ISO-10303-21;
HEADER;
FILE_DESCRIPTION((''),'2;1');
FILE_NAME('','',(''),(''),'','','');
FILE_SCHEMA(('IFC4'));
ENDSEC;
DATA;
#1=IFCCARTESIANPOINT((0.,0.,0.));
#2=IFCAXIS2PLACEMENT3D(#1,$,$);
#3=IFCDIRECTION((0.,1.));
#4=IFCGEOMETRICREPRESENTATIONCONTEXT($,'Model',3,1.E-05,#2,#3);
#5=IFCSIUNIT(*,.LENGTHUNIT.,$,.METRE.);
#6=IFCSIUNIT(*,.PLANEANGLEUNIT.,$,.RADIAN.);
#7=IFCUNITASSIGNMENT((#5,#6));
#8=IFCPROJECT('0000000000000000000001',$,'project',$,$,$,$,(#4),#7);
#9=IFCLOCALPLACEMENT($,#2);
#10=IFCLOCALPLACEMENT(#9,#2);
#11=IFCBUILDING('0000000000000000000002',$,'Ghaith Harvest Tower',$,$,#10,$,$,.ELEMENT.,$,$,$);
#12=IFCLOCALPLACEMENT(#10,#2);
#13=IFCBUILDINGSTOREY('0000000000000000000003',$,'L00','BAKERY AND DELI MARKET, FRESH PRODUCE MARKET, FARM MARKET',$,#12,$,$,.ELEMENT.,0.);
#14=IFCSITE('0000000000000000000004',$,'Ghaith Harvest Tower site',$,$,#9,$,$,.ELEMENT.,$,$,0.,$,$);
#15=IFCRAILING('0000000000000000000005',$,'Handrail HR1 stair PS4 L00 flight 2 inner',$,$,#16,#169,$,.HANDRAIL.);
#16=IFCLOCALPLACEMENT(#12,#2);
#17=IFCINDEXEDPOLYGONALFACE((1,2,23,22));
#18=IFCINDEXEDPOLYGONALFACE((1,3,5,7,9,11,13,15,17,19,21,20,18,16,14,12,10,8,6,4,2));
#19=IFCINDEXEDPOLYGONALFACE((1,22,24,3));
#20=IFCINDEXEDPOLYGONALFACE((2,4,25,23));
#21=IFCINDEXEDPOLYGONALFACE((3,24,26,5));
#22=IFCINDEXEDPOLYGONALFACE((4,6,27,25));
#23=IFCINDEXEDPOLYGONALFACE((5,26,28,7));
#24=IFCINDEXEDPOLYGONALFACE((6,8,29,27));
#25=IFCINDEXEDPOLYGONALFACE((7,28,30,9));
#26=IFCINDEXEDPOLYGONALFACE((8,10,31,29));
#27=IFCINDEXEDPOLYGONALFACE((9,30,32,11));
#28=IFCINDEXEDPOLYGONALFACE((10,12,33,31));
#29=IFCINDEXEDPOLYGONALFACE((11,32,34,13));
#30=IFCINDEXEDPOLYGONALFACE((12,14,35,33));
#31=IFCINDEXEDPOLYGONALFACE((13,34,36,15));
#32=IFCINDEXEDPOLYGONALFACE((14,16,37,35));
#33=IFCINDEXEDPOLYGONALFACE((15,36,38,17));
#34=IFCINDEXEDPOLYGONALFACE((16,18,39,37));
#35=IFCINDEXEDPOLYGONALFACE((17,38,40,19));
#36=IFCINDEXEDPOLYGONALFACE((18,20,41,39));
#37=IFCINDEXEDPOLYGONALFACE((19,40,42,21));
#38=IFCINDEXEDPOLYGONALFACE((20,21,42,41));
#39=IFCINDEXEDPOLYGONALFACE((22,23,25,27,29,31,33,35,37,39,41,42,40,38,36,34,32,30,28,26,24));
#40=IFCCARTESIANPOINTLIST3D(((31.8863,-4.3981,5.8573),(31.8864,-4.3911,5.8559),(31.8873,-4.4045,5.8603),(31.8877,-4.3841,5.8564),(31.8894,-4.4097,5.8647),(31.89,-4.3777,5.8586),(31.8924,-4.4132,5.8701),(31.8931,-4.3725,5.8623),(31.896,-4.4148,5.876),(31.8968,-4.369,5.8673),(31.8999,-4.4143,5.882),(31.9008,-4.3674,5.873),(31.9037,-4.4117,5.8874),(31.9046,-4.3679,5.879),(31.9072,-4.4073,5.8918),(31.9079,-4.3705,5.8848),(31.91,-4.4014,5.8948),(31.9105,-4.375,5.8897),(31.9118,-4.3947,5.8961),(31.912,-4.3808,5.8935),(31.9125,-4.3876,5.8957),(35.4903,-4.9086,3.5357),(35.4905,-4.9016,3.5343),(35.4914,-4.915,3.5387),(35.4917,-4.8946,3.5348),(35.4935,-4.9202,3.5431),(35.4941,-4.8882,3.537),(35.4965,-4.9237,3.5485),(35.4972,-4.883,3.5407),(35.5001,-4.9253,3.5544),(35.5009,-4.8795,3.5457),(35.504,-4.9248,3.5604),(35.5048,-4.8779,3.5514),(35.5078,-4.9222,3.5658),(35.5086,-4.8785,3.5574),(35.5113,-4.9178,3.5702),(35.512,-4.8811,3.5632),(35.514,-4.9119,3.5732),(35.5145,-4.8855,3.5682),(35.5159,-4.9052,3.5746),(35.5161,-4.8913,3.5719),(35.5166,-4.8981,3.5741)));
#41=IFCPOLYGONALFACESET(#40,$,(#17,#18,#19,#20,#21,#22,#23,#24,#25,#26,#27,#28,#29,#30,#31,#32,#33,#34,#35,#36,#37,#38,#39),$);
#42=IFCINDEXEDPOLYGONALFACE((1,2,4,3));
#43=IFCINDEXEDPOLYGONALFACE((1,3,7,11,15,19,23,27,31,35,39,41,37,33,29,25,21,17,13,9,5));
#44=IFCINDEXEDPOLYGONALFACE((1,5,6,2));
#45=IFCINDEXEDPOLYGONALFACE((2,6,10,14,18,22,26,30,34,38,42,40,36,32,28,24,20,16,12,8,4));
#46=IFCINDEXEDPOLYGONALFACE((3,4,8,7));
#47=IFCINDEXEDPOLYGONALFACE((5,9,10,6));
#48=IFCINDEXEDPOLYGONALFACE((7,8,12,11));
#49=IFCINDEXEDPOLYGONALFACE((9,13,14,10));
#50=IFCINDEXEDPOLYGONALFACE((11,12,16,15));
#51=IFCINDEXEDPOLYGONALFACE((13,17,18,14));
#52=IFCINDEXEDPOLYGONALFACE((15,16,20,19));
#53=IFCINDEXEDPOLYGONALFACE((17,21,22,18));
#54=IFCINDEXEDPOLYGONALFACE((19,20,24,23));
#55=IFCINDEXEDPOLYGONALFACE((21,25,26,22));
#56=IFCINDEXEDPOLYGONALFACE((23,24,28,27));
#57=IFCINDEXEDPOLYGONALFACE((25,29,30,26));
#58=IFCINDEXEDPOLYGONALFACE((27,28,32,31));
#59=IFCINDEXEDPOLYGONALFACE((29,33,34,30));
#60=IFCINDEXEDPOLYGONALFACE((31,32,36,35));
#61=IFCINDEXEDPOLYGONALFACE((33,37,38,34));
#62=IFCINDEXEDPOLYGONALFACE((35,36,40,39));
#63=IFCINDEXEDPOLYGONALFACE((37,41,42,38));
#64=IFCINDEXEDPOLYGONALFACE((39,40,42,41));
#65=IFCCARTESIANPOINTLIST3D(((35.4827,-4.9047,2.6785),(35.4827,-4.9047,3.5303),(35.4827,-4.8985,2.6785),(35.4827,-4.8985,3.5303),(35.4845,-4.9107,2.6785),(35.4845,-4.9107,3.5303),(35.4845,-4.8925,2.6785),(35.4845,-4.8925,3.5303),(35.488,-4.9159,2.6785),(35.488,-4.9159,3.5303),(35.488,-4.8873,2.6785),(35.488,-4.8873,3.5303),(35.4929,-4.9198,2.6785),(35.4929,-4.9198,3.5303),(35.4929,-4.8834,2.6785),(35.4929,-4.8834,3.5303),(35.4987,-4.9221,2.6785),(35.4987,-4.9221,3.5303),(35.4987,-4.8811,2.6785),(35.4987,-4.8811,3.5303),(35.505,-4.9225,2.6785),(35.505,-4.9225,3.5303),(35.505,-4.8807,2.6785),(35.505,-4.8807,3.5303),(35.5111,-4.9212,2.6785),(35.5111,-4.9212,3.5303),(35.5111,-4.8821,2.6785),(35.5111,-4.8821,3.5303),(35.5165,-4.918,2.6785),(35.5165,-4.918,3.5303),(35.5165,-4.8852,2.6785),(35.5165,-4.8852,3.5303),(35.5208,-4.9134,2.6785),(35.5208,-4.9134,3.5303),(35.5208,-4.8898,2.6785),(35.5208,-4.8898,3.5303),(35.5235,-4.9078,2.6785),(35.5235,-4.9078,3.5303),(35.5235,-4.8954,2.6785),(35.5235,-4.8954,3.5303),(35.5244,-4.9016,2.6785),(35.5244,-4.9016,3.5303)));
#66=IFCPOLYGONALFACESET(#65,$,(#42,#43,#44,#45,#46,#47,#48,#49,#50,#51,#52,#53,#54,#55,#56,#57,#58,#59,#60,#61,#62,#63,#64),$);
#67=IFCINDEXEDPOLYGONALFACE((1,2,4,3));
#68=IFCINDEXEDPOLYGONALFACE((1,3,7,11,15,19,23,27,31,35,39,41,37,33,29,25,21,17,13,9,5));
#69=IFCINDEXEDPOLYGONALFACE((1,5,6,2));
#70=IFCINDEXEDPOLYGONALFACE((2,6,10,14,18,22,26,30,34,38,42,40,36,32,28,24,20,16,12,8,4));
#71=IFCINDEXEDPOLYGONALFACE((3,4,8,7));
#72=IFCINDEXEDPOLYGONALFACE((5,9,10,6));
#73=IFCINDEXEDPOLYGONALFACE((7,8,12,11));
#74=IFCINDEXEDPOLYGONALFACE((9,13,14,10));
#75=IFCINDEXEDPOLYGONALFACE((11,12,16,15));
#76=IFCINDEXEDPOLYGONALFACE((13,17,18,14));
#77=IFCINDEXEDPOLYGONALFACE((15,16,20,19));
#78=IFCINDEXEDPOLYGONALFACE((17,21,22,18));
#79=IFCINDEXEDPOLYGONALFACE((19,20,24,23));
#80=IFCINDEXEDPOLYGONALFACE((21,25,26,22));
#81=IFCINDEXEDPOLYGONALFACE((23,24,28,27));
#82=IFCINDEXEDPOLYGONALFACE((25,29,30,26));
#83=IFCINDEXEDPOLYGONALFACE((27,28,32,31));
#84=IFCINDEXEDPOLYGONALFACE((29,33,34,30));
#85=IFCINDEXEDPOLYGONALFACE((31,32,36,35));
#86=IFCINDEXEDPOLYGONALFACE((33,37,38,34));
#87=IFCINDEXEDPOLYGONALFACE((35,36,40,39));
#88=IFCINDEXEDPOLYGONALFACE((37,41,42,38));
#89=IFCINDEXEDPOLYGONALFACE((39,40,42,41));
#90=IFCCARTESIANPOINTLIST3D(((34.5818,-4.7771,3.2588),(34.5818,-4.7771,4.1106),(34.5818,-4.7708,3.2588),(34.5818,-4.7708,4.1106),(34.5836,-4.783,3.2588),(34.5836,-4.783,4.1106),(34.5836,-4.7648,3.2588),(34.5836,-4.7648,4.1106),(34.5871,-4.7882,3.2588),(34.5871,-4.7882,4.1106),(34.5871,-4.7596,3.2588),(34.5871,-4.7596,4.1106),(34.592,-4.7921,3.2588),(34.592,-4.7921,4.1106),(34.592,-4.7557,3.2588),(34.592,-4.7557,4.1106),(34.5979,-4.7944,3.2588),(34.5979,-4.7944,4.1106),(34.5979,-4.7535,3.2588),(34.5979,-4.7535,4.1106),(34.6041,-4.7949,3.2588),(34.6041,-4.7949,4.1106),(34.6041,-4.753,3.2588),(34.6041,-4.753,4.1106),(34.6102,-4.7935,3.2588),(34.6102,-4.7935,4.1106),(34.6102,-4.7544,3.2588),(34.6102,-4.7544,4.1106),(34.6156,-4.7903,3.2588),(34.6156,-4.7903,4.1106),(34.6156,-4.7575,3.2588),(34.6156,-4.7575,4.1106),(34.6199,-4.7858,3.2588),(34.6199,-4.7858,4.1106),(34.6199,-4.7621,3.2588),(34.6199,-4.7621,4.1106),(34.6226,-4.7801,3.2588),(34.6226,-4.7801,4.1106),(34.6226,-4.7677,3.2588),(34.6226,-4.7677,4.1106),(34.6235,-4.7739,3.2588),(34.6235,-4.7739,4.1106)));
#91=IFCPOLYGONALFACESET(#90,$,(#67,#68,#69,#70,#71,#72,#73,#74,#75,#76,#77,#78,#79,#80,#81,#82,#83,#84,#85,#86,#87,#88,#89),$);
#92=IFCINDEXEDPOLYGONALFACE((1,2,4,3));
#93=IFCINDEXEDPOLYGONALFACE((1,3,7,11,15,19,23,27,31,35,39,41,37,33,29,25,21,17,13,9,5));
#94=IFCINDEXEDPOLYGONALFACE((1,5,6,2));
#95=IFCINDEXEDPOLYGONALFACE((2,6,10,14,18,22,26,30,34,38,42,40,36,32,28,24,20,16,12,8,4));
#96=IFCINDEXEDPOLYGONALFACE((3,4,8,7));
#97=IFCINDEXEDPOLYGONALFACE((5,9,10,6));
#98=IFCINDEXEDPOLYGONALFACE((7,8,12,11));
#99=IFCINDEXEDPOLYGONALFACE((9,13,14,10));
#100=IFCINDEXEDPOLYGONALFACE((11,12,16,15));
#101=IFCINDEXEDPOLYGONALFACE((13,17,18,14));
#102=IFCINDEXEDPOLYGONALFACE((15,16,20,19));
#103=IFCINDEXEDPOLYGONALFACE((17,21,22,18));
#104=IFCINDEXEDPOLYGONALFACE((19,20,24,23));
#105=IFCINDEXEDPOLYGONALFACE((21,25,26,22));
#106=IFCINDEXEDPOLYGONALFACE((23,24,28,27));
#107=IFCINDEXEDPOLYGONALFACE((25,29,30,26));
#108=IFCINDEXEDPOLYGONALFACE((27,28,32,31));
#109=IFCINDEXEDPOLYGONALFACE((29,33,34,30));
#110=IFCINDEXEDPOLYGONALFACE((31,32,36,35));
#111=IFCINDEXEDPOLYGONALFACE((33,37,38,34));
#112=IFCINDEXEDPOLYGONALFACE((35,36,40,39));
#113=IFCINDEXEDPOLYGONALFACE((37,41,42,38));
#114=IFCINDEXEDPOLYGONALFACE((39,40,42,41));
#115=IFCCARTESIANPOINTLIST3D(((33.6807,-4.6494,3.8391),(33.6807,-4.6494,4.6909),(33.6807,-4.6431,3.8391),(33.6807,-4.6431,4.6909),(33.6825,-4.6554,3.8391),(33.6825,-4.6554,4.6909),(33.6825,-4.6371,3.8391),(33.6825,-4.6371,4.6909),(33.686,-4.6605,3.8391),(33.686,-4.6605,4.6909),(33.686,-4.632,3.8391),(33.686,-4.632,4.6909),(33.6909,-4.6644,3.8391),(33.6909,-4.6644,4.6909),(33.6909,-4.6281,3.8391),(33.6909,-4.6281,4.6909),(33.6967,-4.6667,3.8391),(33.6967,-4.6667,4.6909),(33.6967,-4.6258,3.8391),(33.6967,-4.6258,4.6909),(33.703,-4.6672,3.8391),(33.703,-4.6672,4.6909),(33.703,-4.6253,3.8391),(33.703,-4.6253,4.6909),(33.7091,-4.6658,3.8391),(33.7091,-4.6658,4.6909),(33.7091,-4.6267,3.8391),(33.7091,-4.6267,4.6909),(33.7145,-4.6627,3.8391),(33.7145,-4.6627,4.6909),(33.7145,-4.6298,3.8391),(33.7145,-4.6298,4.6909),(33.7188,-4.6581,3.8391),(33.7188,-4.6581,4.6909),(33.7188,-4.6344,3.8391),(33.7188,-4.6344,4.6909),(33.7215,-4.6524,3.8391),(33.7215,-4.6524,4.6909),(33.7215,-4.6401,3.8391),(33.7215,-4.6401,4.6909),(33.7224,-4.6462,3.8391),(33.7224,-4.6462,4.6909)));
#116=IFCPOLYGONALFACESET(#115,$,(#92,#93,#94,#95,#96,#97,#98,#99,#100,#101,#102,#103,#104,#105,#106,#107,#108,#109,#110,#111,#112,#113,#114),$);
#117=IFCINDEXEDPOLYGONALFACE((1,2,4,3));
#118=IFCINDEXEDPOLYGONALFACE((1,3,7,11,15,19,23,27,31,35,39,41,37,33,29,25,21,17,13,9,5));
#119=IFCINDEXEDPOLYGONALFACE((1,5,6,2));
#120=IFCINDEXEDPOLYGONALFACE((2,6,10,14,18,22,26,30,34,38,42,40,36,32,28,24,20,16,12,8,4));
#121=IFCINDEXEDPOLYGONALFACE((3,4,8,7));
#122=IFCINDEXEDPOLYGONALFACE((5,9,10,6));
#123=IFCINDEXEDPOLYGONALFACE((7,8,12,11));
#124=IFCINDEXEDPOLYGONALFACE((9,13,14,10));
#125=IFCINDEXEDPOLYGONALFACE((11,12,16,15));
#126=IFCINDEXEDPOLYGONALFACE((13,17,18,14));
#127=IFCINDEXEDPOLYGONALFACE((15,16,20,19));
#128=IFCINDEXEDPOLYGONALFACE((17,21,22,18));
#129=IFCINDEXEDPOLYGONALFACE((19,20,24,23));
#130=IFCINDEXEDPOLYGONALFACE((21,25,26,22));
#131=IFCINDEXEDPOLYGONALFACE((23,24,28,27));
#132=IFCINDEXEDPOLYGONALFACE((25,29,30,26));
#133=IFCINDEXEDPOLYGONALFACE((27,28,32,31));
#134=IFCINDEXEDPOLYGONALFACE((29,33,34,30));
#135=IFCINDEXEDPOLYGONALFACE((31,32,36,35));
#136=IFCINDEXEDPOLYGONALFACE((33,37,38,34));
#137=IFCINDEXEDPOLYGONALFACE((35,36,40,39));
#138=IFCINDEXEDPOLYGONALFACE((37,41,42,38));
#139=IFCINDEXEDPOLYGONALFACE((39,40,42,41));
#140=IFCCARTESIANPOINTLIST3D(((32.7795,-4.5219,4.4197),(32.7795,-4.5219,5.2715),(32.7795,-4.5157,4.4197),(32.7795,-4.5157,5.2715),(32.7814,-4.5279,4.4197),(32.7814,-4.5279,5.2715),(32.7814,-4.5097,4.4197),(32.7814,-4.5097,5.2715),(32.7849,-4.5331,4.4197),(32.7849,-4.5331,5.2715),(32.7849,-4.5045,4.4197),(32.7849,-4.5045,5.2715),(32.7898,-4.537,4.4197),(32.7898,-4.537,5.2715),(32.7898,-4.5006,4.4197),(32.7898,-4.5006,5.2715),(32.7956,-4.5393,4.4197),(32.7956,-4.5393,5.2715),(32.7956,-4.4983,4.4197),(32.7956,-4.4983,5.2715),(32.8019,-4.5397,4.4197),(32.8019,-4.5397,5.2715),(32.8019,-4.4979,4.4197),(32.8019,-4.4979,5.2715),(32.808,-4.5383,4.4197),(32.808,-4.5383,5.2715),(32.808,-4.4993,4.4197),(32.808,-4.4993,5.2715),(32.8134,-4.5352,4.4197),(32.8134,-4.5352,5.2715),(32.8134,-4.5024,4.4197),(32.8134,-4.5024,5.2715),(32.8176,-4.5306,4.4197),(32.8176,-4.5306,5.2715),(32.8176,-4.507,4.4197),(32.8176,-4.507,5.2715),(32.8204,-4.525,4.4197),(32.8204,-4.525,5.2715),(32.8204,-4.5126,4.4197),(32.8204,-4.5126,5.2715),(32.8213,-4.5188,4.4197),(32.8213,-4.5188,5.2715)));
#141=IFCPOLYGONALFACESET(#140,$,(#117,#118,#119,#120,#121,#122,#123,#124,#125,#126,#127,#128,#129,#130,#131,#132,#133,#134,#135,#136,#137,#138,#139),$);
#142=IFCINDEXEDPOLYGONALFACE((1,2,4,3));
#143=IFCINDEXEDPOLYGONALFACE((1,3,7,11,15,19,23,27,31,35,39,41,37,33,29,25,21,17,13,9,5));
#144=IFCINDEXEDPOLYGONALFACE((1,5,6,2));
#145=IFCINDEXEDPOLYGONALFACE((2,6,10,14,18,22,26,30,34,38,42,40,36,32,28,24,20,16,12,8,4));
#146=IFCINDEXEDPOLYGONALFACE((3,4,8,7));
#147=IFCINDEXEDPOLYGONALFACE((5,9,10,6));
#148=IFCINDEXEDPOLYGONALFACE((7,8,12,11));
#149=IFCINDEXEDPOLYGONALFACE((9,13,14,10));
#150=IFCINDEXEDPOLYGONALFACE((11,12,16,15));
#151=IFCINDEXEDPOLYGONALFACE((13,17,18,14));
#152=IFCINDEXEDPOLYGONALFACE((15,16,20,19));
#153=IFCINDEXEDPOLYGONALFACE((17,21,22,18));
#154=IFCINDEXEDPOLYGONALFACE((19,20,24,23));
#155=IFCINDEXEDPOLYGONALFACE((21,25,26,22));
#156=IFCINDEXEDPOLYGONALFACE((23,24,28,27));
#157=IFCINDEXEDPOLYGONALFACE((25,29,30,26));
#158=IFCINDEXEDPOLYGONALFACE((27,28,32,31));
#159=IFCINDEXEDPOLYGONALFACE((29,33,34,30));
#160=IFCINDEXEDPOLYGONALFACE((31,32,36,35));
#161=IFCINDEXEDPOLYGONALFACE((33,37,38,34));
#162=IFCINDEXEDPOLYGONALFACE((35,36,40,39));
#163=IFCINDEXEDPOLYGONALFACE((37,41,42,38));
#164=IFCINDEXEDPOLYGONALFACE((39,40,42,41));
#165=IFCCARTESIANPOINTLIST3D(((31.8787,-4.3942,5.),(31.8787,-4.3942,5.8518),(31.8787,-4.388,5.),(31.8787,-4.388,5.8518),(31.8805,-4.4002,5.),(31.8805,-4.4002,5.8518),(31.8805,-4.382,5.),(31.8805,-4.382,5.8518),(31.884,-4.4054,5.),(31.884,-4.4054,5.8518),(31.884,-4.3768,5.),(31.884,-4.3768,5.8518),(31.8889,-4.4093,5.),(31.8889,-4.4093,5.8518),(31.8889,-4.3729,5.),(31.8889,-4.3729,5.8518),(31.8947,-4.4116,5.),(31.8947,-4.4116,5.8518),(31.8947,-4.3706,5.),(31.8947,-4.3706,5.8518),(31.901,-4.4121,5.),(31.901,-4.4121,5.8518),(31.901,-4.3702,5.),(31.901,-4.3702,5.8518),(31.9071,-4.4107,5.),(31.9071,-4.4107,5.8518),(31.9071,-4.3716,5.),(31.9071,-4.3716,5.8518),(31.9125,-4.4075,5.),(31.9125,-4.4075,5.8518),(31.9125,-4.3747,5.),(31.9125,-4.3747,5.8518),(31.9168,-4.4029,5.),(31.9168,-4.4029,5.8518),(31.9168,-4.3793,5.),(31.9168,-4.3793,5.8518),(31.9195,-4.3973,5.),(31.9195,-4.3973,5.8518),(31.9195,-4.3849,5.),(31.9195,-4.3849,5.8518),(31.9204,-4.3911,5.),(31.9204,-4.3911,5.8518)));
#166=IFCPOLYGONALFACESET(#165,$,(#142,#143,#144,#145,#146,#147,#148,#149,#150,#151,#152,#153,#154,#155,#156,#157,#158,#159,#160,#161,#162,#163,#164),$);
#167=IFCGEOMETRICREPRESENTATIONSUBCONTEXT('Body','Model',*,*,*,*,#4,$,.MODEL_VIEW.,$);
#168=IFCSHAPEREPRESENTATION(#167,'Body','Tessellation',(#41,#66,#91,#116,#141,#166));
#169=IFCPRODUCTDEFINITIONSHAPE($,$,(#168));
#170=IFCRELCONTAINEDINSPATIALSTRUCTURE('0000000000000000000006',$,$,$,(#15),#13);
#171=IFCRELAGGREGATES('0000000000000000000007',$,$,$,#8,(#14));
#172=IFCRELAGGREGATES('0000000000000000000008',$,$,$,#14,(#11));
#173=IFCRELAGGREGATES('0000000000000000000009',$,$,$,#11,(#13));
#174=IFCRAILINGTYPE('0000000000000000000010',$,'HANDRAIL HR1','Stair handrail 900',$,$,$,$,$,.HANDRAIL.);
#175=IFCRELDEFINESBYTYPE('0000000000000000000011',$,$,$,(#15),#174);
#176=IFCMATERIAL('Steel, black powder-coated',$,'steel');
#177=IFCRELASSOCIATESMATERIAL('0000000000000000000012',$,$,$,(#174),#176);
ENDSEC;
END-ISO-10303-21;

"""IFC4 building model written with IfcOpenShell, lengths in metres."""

from ifc_helpers import new_model, si_unit, direction, frame, origin, origin_2d, place, context, subcontext, project, spatial, circle, extrude, material, type_object, element, save


model = new_model("IFC4")

# Units and contexts
model_context = context("Model", 3, precision=1e-05, world=origin(), true_north=direction((0.0, 1.0)))
body_context = subcontext(model_context, "Body", "Model", "MODEL_VIEW")
ifc_project = project(units=[si_unit("LENGTHUNIT", "METRE"), si_unit("PLANEANGLEUNIT", "RADIAN")], contexts=[model_context])

# Site, building, storey
site_placement = place(None, origin())
site = spatial("IfcSite", under=ifc_project, at=site_placement, Name="Ghaith Harvest Tower site", CompositionType="ELEMENT", RefElevation=0.0)
building_placement = place(site_placement, origin())
building = spatial("IfcBuilding", under=site, at=building_placement, Name="Ghaith Harvest Tower", CompositionType="ELEMENT")
storey_placement = place(building_placement, origin())
storey = spatial("IfcBuildingStorey", under=building, at=storey_placement, Name="L00", Description="BAKERY AND DELI MARKET, FRESH PRODUCE MARKET, FARM MARKET", CompositionType="ELEMENT", Elevation=0.0)

# Railing
ifc_material_1 = material(Name="Steel, black powder-coated", Category="steel")
railing_type = type_object("IfcRailingType", Name="HANDRAIL HR1", Description="Stair handrail 900", PredefinedType="HANDRAIL", material=ifc_material_1)
railing_1_placement = place(storey_placement, frame((35.5034, -4.9016, 2.6785)))
element("IfcRailing", 1, at=railing_1_placement, inside=storey, type_object=railing_type, Name="Handrail HR1 stair PS4 L00 flight 2 inner", PredefinedType="HANDRAIL", context=body_context, shape_type="SweptSolid", body=[
    extrude(circle(Radius=0.0239, at=origin_2d()), frame((0.0, 0.0, 0.876), z_axis=(-0.834784, 0.118245, 0.53773), x_axis=(-0.140247, -0.990116, 0.0)), (0.0, 0.0, 1.0), 4.3174),
    extrude(circle(Radius=0.021, at=origin_2d()), origin(), (0.0, 0.0, 1.0), 0.8518),
    extrude(circle(Radius=0.021, at=origin_2d()), frame((-0.9009, 0.1277, 0.5803)), (0.0, 0.0, 1.0), 0.8518),
    extrude(circle(Radius=0.021, at=origin_2d()), frame((-1.802, 0.2554, 1.1606)), (0.0, 0.0, 1.0), 0.8518),
    extrude(circle(Radius=0.021, at=origin_2d()), frame((-2.7031, 0.3828, 1.7412)), (0.0, 0.0, 1.0), 0.8518),
    extrude(circle(Radius=0.021, at=origin_2d()), frame((-3.604, 0.5105, 2.3215)), (0.0, 0.0, 1.0), 0.8518),
])

save(model, "model.ifc")
